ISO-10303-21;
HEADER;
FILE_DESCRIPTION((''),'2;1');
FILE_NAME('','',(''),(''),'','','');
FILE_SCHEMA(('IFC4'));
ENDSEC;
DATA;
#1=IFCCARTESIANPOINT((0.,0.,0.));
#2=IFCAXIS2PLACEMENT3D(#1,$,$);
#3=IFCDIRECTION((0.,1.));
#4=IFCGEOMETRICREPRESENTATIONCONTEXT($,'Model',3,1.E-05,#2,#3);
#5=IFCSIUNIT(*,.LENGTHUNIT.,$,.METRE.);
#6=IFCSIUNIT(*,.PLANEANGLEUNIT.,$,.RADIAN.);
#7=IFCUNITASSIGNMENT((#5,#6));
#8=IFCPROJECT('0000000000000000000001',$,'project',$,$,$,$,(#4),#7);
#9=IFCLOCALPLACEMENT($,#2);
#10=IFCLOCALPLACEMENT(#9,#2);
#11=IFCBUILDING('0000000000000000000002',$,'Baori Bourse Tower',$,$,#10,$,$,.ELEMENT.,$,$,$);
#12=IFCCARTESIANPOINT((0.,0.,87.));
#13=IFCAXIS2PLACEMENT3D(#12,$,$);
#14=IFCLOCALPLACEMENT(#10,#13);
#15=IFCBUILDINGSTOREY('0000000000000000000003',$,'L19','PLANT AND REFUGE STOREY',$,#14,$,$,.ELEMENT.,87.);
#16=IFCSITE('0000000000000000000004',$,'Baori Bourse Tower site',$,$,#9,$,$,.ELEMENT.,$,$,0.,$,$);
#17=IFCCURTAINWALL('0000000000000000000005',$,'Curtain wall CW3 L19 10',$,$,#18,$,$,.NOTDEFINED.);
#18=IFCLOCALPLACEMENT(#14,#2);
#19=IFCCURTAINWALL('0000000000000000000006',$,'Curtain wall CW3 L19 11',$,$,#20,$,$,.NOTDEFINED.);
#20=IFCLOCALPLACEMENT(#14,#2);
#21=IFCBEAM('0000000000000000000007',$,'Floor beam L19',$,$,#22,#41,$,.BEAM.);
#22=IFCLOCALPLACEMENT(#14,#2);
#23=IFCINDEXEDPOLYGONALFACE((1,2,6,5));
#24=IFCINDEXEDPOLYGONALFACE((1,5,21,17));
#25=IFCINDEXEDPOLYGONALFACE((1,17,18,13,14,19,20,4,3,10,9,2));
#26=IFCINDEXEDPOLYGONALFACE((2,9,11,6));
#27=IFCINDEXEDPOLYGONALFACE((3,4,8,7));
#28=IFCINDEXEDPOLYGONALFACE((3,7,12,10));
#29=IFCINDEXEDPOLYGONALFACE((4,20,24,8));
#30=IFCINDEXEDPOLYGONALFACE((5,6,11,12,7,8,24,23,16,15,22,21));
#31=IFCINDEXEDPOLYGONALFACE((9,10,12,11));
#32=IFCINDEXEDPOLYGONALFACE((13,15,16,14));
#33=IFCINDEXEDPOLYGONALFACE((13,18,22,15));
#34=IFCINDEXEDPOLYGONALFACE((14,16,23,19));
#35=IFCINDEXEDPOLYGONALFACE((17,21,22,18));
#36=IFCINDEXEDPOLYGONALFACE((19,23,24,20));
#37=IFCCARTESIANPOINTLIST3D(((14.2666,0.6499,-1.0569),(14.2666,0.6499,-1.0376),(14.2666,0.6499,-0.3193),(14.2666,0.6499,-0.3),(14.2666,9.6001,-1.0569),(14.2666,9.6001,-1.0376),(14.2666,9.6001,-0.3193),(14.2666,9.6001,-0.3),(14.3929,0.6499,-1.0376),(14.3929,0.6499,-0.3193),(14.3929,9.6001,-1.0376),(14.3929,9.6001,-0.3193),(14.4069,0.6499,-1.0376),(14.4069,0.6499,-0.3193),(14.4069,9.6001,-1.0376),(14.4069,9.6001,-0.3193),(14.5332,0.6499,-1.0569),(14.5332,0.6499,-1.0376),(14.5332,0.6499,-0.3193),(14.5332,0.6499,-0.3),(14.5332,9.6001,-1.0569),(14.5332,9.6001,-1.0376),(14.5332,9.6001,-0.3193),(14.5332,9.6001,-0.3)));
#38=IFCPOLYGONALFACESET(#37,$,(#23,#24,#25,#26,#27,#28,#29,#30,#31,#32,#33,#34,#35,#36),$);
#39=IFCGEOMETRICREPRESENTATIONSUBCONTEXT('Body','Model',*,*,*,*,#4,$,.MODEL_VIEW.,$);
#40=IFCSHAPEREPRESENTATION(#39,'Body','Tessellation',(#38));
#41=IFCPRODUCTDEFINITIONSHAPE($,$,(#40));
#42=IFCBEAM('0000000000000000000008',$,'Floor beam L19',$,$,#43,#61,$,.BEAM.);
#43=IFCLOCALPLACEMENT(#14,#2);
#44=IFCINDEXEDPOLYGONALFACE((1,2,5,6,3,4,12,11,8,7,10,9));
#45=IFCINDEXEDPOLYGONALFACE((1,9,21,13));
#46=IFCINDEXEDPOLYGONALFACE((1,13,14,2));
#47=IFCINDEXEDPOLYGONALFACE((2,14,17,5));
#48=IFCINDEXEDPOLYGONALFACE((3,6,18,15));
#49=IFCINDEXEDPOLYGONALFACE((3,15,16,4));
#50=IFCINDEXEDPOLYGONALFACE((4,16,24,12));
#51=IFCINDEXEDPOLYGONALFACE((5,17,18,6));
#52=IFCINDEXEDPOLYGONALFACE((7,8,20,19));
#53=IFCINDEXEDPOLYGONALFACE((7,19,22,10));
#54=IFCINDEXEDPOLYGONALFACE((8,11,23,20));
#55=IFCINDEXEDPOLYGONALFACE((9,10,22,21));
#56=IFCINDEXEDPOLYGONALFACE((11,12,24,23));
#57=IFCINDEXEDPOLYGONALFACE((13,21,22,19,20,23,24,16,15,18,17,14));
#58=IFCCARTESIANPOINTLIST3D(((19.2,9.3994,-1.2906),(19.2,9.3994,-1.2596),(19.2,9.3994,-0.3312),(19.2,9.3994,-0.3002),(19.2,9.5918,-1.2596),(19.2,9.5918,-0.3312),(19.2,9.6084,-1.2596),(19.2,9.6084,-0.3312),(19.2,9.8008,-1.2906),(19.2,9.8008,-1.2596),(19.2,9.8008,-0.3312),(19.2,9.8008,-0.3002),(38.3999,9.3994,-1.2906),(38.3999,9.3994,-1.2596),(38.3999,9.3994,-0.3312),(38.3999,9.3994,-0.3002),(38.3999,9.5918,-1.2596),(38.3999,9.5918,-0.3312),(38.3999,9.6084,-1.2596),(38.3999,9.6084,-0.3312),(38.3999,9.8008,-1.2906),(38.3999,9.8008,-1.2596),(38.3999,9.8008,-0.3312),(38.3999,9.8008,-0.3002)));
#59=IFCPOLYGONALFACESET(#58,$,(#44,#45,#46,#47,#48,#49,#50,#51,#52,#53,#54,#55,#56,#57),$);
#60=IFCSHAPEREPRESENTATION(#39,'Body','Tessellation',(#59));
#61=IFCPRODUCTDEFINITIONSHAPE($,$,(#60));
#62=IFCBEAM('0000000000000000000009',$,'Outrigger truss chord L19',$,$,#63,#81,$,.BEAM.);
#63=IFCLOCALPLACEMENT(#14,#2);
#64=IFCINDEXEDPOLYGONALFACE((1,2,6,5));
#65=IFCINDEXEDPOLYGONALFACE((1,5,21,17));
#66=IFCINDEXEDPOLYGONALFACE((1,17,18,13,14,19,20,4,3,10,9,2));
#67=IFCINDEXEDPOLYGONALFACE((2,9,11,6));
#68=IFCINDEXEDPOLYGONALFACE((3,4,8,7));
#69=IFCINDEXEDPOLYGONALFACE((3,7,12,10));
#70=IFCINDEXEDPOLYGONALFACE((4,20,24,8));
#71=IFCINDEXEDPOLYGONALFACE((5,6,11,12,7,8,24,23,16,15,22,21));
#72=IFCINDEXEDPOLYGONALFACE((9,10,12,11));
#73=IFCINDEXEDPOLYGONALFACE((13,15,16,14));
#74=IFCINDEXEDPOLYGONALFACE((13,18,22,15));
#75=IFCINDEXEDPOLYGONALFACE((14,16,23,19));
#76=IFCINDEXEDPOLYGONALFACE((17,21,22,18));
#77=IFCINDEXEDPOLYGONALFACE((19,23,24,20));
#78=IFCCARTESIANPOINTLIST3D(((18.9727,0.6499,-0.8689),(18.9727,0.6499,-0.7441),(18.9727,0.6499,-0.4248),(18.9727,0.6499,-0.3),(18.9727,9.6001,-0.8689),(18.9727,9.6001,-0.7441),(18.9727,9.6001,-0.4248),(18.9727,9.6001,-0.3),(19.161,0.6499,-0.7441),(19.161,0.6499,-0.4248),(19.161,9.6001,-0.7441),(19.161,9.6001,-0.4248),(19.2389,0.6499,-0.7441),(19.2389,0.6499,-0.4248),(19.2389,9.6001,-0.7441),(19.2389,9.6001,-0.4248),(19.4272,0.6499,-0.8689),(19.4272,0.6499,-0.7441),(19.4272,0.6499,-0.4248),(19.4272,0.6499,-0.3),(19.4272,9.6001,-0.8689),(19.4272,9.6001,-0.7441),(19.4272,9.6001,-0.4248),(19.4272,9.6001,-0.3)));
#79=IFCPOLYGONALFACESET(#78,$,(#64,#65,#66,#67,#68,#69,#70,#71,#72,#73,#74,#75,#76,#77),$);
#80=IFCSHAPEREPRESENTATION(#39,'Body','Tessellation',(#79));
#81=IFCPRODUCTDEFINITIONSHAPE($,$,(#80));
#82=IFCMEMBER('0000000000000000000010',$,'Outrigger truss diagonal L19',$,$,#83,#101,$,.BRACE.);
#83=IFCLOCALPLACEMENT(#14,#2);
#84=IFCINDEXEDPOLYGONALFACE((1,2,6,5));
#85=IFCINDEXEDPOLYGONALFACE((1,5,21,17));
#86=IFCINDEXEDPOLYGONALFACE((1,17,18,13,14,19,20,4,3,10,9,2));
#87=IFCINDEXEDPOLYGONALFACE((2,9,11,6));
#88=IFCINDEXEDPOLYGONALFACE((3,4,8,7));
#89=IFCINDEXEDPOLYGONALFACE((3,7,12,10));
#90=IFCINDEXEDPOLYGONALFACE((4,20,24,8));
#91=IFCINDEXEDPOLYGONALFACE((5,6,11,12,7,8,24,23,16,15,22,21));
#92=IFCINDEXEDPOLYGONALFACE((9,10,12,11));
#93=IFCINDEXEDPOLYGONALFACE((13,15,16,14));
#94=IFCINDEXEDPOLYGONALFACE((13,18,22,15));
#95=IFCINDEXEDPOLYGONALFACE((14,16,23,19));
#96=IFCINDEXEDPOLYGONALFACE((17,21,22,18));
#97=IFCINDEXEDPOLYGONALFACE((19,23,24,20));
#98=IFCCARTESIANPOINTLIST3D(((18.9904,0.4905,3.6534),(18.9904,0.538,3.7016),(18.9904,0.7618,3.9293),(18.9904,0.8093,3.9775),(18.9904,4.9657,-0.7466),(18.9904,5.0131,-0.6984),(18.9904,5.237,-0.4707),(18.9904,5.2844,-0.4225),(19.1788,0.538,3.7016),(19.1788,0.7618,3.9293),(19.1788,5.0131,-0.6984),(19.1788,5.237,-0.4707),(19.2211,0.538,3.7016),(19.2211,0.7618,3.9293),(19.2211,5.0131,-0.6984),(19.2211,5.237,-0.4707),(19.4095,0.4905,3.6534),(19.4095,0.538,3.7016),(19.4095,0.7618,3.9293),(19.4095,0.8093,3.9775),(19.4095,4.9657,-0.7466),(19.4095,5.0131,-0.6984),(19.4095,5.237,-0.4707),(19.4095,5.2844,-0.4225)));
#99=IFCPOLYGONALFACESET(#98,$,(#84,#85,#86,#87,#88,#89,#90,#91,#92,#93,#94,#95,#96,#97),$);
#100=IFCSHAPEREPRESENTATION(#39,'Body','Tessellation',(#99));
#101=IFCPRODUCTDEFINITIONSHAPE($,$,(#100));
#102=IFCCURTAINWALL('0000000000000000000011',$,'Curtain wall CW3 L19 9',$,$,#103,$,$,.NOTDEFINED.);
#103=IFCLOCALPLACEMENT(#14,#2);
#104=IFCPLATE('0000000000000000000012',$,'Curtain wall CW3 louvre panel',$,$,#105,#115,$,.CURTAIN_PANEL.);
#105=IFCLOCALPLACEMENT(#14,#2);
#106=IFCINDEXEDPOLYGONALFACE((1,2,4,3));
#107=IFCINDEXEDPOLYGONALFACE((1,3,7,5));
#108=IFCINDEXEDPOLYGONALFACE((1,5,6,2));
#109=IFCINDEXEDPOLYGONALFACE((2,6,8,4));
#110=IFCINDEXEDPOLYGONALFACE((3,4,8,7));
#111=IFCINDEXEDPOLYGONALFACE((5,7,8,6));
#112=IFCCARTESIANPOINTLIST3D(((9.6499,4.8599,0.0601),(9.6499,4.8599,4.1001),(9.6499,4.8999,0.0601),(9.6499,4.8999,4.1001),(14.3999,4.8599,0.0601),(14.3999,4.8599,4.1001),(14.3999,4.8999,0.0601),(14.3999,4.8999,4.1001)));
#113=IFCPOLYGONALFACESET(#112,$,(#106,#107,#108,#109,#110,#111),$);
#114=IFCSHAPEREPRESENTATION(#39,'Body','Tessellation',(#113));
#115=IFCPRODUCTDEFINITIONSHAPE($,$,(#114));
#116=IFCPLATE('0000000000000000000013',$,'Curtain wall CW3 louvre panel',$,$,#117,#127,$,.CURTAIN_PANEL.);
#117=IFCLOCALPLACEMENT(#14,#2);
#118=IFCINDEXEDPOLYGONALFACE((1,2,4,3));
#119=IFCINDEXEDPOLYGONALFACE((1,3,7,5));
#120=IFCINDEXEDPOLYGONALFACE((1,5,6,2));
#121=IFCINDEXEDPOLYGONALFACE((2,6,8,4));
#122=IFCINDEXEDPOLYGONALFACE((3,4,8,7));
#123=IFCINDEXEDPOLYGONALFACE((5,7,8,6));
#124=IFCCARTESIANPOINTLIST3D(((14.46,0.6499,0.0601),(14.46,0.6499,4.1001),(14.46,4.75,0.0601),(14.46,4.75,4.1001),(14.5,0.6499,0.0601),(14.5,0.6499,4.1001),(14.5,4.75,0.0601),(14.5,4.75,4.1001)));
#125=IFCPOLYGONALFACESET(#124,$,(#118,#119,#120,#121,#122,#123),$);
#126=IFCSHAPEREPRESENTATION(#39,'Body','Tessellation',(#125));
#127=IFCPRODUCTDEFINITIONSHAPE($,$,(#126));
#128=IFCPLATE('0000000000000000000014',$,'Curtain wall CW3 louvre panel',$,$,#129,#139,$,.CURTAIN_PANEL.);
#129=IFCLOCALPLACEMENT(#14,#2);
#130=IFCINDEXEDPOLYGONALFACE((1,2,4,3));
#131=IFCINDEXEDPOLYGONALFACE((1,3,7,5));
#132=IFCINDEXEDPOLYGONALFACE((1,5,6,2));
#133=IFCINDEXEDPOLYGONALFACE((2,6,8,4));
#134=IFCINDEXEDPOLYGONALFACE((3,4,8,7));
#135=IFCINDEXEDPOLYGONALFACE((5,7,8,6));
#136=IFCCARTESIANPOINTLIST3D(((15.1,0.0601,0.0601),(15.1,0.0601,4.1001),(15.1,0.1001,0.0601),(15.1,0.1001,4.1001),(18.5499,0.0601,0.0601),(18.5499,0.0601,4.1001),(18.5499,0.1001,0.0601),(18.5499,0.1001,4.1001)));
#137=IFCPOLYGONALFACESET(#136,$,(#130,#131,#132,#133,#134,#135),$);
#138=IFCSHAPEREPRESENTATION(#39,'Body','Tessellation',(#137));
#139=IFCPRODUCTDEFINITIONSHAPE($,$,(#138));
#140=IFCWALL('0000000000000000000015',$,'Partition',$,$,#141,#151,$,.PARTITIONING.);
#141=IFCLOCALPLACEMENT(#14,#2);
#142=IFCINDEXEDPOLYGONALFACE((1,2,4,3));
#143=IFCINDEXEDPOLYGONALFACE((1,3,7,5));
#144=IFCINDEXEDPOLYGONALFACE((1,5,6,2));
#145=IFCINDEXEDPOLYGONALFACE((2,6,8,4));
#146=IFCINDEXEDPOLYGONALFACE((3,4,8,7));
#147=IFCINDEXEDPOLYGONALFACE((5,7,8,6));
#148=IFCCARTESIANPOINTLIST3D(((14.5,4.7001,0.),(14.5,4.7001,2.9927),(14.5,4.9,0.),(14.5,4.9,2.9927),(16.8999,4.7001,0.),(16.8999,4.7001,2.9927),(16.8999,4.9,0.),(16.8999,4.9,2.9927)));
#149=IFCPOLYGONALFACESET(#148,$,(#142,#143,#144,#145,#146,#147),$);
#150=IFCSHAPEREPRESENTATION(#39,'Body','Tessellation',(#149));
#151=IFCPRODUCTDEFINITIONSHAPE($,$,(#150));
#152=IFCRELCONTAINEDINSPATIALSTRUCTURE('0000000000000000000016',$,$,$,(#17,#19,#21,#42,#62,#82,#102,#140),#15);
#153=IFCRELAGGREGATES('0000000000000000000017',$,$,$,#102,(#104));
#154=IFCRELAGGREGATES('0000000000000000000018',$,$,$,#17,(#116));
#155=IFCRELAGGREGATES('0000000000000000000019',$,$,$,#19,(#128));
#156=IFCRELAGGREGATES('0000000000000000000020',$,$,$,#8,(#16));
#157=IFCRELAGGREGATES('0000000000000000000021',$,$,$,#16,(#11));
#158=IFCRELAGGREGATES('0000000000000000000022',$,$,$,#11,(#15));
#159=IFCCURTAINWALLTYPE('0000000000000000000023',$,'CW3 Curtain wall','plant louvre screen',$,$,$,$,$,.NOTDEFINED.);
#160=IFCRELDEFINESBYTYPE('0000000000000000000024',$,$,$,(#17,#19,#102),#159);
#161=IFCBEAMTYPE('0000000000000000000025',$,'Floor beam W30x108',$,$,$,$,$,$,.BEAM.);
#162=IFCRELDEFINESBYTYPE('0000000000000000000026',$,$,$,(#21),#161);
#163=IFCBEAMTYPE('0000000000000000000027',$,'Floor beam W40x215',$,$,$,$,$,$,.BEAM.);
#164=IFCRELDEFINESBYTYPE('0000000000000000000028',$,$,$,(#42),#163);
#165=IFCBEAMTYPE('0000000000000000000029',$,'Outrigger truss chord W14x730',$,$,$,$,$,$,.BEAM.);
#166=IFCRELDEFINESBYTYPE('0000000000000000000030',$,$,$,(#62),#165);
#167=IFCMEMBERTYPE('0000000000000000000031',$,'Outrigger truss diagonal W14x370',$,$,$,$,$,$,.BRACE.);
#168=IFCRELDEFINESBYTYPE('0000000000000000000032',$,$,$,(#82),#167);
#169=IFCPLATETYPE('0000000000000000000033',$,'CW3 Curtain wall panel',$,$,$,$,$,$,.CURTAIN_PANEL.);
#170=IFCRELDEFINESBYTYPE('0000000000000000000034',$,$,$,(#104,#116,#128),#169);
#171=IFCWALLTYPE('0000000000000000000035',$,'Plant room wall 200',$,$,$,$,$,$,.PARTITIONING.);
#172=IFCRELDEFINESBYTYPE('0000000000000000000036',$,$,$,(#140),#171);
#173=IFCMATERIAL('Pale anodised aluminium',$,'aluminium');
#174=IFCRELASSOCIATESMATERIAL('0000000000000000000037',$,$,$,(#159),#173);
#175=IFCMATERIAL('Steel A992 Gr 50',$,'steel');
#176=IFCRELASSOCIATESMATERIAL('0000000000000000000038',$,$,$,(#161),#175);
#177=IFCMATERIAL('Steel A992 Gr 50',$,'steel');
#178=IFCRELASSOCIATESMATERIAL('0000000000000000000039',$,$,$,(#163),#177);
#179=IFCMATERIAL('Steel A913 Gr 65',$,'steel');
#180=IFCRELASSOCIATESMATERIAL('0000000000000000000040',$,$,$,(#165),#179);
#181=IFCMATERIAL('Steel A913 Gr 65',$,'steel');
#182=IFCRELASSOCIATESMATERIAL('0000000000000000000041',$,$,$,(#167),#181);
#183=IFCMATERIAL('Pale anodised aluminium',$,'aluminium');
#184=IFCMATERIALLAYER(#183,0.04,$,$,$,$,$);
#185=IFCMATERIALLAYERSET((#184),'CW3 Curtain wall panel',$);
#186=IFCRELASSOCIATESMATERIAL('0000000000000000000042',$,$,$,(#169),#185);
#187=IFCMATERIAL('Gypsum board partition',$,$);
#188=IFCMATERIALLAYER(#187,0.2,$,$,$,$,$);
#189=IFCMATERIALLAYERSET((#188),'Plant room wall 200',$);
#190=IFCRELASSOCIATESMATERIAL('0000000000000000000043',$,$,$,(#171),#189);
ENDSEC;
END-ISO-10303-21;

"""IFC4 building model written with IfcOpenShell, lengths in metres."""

from ifc_helpers import new_model, si_unit, direction, frame, frame_2d, origin, origin_2d, place, context, subcontext, project, spatial, rectangle, i_section, extrude, material, layer, layer_set, material_profile, profile_set, type_object, element, aggregate, save


model = new_model("IFC4")

# Units and contexts
model_context = context("Model", 3, precision=1e-05, world=origin(), true_north=direction((0.0, 1.0)))
body_context = subcontext(model_context, "Body", "Model", "MODEL_VIEW")
ifc_project = project(units=[si_unit("LENGTHUNIT", "METRE"), si_unit("PLANEANGLEUNIT", "RADIAN")], contexts=[model_context])

# Site, building, storey
site_placement = place(None, origin())
site = spatial("IfcSite", under=ifc_project, at=site_placement, Name="Baori Bourse Tower site", CompositionType="ELEMENT", RefElevation=0.0)
building_placement = place(site_placement, origin())
building = spatial("IfcBuilding", under=site, at=building_placement, Name="Baori Bourse Tower", CompositionType="ELEMENT")
storey_placement = place(building_placement, frame((0.0, 0.0, 87.0)))
storey = spatial("IfcBuildingStorey", under=building, at=storey_placement, Name="L19", Description="PLANT AND REFUGE STOREY", CompositionType="ELEMENT", Elevation=87.0)

# Curtain walls
ifc_material_1 = material(Name="Pale anodised aluminium", Category="aluminium")
curtain_wall_type = type_object("IfcCurtainWallType", Name="CW3 Curtain wall", Description="plant louvre screen", PredefinedType="NOTDEFINED", material=ifc_material_1)
curtain_wall_1_placement = place(storey_placement, origin())
curtain_wall_1 = element("IfcCurtainWall", 1, at=curtain_wall_1_placement, inside=storey, type_object=curtain_wall_type, Name="Curtain wall CW3 L19 10", PredefinedType="NOTDEFINED")
curtain_wall_2_placement = place(storey_placement, origin())
curtain_wall_2 = element("IfcCurtainWall", 2, at=curtain_wall_2_placement, inside=storey, type_object=curtain_wall_type, Name="Curtain wall CW3 L19 11", PredefinedType="NOTDEFINED")

# Beams
ifc_material_2 = material(Name="Steel A992 Gr 50", Category="steel")
ifc_material_profile_1 = material_profile(ifc_material_2, i_section(OverallWidth=0.2666, OverallDepth=0.7568, WebThickness=0.0139, FlangeThickness=0.0193, at=origin_2d()), Name="W30x108")
ifc_profile_set_1 = profile_set([ifc_material_profile_1], Name="Steel A992 Gr 50")
beam_type_1 = type_object("IfcBeamType", Name="Floor beam W30x108", PredefinedType="BEAM", material=ifc_profile_set_1)
beam_1_placement = place(storey_placement, frame((14.3999, 0.6499, -0.6785), z_axis=(0.0, 1.0, 0.0), x_axis=(-1.0, 0.0, 0.0)))
element("IfcBeam", 3, at=beam_1_placement, inside=storey, type_object=beam_type_1, Name="Floor beam L19", PredefinedType="BEAM", context=body_context, shape_type="SweptSolid", body=[
    extrude(i_section(OverallWidth=0.2666, OverallDepth=0.7568, WebThickness=0.0139, FlangeThickness=0.0193, at=origin_2d()), origin(), (0.0, 0.0, 1.0), 8.9502),
])
ifc_material_3 = material(Name="Steel A992 Gr 50", Category="steel")
ifc_material_profile_2 = material_profile(ifc_material_3, i_section(OverallWidth=0.4014, OverallDepth=0.9905, WebThickness=0.0166, FlangeThickness=0.031, at=origin_2d()), Name="W40x215")
ifc_profile_set_2 = profile_set([ifc_material_profile_2], Name="Steel A992 Gr 50")
beam_type_2 = type_object("IfcBeamType", Name="Floor beam W40x215", PredefinedType="BEAM", material=ifc_profile_set_2)
beam_2_placement = place(storey_placement, frame((19.2, 9.6001, -0.7954), z_axis=(1.0, 0.0, 0.0), x_axis=(0.0, 1.0, 0.0)))
element("IfcBeam", 4, at=beam_2_placement, inside=storey, type_object=beam_type_2, Name="Floor beam L19", PredefinedType="BEAM", context=body_context, shape_type="SweptSolid", body=[
    extrude(i_section(OverallWidth=0.4014, OverallDepth=0.9905, WebThickness=0.0166, FlangeThickness=0.031, at=origin_2d()), origin(), (0.0, 0.0, 1.0), 19.2),
])
ifc_material_4 = material(Name="Steel A913 Gr 65", Category="steel")
ifc_material_profile_3 = material_profile(ifc_material_4, i_section(OverallWidth=0.4546, OverallDepth=0.5688, WebThickness=0.0779, FlangeThickness=0.1248, at=origin_2d()), Name="W14x730")
ifc_profile_set_3 = profile_set([ifc_material_profile_3], Name="Steel A913 Gr 65")
beam_type_3 = type_object("IfcBeamType", Name="Outrigger truss chord W14x730", PredefinedType="BEAM", material=ifc_profile_set_3)
beam_3_placement = place(storey_placement, frame((19.2, 0.6499, -0.5845), z_axis=(0.0, 1.0, 0.0), x_axis=(-1.0, 0.0, 0.0)))
element("IfcBeam", 5, at=beam_3_placement, inside=storey, type_object=beam_type_3, Name="Outrigger truss chord L19", PredefinedType="BEAM", context=body_context, shape_type="SweptSolid", body=[
    extrude(i_section(OverallWidth=0.4546, OverallDepth=0.5688, WebThickness=0.0779, FlangeThickness=0.1248, at=origin_2d()), origin(), (0.0, 0.0, 1.0), 8.9502),
])

# Member
ifc_material_5 = material(Name="Steel A913 Gr 65", Category="steel")
ifc_material_profile_4 = material_profile(ifc_material_5, i_section(OverallWidth=0.4192, OverallDepth=0.4546, WebThickness=0.0422, FlangeThickness=0.0676, at=origin_2d()), Name="W14x370")
ifc_profile_set_4 = profile_set([ifc_material_profile_4], Name="Steel A913 Gr 65")
member_type_1 = type_object("IfcMemberType", Name="Outrigger truss diagonal W14x370", PredefinedType="BRACE", material=ifc_profile_set_4)
member_1_placement = place(storey_placement, frame((19.2, 0.6499, 3.8154), z_axis=(0.0, 0.713072, -0.701091), x_axis=(-1.0, 0.0, 0.0)))
element("IfcMember", 6, at=member_1_placement, inside=storey, type_object=member_type_1, Name="Outrigger truss diagonal L19", PredefinedType="BRACE", context=body_context, shape_type="SweptSolid", body=[
    extrude(i_section(OverallWidth=0.4192, OverallDepth=0.4546, WebThickness=0.0422, FlangeThickness=0.0676, at=origin_2d()), origin(), (0.0, 0.0, 1.0), 6.2759),
])

# Curtain wall, plate
curtain_wall_3_placement = place(storey_placement, origin())
curtain_wall_3 = element("IfcCurtainWall", 7, at=curtain_wall_3_placement, inside=storey, type_object=curtain_wall_type, Name="Curtain wall CW3 L19 9", PredefinedType="NOTDEFINED")
ifc_material_6 = material(Name="Pale anodised aluminium", Category="aluminium")
ifc_layer_1 = layer(ifc_material_6, 0.04)
ifc_layer_set_1 = layer_set([ifc_layer_1], Name="CW3 Curtain wall panel")
plate_type = type_object("IfcPlateType", Name="CW3 Curtain wall panel", PredefinedType="CURTAIN_PANEL", material=ifc_layer_set_1)
plate_1_placement = place(storey_placement, frame((12.0249, 4.8799, 0.0601), z_axis=(0.0, 0.0, 1.0), x_axis=(1.0, 0.0, 0.0)))
plate_1 = element("IfcPlate", 8, at=plate_1_placement, type_object=plate_type, Name="Curtain wall CW3 louvre panel", PredefinedType="CURTAIN_PANEL", context=body_context, shape_type="SweptSolid", body=[
    extrude(rectangle(XDim=4.75, YDim=0.04, at=origin_2d()), origin(), (0.0, 0.0, 1.0), 4.04),
])
aggregate(curtain_wall_3, [plate_1])

# Plates
plate_2_placement = place(storey_placement, frame((14.48, 2.7, 0.0601), z_axis=(0.0, 0.0, 1.0), x_axis=(0.0, -1.0, 0.0)))
plate_2 = element("IfcPlate", 9, at=plate_2_placement, type_object=plate_type, Name="Curtain wall CW3 louvre panel", PredefinedType="CURTAIN_PANEL", context=body_context, shape_type="SweptSolid", body=[
    extrude(rectangle(XDim=4.1001, YDim=0.04, at=origin_2d()), origin(), (0.0, 0.0, 1.0), 4.04),
])
aggregate(curtain_wall_1, [plate_2])
plate_3_placement = place(storey_placement, frame((16.825, 0.0801, 0.0601), z_axis=(0.0, 0.0, 1.0), x_axis=(1.0, 0.0, 0.0)))
plate_3 = element("IfcPlate", 10, at=plate_3_placement, type_object=plate_type, Name="Curtain wall CW3 louvre panel", PredefinedType="CURTAIN_PANEL", context=body_context, shape_type="SweptSolid", body=[
    extrude(rectangle(XDim=3.45, YDim=0.04, at=origin_2d()), origin(), (0.0, 0.0, 1.0), 4.04),
])
aggregate(curtain_wall_2, [plate_3])

# Wall
ifc_material_7 = material(Name="Gypsum board partition")
ifc_layer_2 = layer(ifc_material_7, 0.2)
ifc_layer_set_2 = layer_set([ifc_layer_2], Name="Plant room wall 200")
wall_type = type_object("IfcWallType", Name="Plant room wall 200", PredefinedType="PARTITIONING", material=ifc_layer_set_2)
wall_1_placement = place(storey_placement, frame((14.5, 4.8, 0.0), z_axis=(0.0, 0.0, 1.0), x_axis=(1.0, 0.0, 0.0)))
element("IfcWall", 11, at=wall_1_placement, inside=storey, type_object=wall_type, Name="Partition", PredefinedType="PARTITIONING", context=body_context, shape_type="SweptSolid", body=[
    extrude(rectangle(XDim=2.3999, YDim=0.2, at=frame_2d((1.2, 0.0))), origin(), (0.0, 0.0, 1.0), 2.9927),
])

save(model, "model.ifc")
